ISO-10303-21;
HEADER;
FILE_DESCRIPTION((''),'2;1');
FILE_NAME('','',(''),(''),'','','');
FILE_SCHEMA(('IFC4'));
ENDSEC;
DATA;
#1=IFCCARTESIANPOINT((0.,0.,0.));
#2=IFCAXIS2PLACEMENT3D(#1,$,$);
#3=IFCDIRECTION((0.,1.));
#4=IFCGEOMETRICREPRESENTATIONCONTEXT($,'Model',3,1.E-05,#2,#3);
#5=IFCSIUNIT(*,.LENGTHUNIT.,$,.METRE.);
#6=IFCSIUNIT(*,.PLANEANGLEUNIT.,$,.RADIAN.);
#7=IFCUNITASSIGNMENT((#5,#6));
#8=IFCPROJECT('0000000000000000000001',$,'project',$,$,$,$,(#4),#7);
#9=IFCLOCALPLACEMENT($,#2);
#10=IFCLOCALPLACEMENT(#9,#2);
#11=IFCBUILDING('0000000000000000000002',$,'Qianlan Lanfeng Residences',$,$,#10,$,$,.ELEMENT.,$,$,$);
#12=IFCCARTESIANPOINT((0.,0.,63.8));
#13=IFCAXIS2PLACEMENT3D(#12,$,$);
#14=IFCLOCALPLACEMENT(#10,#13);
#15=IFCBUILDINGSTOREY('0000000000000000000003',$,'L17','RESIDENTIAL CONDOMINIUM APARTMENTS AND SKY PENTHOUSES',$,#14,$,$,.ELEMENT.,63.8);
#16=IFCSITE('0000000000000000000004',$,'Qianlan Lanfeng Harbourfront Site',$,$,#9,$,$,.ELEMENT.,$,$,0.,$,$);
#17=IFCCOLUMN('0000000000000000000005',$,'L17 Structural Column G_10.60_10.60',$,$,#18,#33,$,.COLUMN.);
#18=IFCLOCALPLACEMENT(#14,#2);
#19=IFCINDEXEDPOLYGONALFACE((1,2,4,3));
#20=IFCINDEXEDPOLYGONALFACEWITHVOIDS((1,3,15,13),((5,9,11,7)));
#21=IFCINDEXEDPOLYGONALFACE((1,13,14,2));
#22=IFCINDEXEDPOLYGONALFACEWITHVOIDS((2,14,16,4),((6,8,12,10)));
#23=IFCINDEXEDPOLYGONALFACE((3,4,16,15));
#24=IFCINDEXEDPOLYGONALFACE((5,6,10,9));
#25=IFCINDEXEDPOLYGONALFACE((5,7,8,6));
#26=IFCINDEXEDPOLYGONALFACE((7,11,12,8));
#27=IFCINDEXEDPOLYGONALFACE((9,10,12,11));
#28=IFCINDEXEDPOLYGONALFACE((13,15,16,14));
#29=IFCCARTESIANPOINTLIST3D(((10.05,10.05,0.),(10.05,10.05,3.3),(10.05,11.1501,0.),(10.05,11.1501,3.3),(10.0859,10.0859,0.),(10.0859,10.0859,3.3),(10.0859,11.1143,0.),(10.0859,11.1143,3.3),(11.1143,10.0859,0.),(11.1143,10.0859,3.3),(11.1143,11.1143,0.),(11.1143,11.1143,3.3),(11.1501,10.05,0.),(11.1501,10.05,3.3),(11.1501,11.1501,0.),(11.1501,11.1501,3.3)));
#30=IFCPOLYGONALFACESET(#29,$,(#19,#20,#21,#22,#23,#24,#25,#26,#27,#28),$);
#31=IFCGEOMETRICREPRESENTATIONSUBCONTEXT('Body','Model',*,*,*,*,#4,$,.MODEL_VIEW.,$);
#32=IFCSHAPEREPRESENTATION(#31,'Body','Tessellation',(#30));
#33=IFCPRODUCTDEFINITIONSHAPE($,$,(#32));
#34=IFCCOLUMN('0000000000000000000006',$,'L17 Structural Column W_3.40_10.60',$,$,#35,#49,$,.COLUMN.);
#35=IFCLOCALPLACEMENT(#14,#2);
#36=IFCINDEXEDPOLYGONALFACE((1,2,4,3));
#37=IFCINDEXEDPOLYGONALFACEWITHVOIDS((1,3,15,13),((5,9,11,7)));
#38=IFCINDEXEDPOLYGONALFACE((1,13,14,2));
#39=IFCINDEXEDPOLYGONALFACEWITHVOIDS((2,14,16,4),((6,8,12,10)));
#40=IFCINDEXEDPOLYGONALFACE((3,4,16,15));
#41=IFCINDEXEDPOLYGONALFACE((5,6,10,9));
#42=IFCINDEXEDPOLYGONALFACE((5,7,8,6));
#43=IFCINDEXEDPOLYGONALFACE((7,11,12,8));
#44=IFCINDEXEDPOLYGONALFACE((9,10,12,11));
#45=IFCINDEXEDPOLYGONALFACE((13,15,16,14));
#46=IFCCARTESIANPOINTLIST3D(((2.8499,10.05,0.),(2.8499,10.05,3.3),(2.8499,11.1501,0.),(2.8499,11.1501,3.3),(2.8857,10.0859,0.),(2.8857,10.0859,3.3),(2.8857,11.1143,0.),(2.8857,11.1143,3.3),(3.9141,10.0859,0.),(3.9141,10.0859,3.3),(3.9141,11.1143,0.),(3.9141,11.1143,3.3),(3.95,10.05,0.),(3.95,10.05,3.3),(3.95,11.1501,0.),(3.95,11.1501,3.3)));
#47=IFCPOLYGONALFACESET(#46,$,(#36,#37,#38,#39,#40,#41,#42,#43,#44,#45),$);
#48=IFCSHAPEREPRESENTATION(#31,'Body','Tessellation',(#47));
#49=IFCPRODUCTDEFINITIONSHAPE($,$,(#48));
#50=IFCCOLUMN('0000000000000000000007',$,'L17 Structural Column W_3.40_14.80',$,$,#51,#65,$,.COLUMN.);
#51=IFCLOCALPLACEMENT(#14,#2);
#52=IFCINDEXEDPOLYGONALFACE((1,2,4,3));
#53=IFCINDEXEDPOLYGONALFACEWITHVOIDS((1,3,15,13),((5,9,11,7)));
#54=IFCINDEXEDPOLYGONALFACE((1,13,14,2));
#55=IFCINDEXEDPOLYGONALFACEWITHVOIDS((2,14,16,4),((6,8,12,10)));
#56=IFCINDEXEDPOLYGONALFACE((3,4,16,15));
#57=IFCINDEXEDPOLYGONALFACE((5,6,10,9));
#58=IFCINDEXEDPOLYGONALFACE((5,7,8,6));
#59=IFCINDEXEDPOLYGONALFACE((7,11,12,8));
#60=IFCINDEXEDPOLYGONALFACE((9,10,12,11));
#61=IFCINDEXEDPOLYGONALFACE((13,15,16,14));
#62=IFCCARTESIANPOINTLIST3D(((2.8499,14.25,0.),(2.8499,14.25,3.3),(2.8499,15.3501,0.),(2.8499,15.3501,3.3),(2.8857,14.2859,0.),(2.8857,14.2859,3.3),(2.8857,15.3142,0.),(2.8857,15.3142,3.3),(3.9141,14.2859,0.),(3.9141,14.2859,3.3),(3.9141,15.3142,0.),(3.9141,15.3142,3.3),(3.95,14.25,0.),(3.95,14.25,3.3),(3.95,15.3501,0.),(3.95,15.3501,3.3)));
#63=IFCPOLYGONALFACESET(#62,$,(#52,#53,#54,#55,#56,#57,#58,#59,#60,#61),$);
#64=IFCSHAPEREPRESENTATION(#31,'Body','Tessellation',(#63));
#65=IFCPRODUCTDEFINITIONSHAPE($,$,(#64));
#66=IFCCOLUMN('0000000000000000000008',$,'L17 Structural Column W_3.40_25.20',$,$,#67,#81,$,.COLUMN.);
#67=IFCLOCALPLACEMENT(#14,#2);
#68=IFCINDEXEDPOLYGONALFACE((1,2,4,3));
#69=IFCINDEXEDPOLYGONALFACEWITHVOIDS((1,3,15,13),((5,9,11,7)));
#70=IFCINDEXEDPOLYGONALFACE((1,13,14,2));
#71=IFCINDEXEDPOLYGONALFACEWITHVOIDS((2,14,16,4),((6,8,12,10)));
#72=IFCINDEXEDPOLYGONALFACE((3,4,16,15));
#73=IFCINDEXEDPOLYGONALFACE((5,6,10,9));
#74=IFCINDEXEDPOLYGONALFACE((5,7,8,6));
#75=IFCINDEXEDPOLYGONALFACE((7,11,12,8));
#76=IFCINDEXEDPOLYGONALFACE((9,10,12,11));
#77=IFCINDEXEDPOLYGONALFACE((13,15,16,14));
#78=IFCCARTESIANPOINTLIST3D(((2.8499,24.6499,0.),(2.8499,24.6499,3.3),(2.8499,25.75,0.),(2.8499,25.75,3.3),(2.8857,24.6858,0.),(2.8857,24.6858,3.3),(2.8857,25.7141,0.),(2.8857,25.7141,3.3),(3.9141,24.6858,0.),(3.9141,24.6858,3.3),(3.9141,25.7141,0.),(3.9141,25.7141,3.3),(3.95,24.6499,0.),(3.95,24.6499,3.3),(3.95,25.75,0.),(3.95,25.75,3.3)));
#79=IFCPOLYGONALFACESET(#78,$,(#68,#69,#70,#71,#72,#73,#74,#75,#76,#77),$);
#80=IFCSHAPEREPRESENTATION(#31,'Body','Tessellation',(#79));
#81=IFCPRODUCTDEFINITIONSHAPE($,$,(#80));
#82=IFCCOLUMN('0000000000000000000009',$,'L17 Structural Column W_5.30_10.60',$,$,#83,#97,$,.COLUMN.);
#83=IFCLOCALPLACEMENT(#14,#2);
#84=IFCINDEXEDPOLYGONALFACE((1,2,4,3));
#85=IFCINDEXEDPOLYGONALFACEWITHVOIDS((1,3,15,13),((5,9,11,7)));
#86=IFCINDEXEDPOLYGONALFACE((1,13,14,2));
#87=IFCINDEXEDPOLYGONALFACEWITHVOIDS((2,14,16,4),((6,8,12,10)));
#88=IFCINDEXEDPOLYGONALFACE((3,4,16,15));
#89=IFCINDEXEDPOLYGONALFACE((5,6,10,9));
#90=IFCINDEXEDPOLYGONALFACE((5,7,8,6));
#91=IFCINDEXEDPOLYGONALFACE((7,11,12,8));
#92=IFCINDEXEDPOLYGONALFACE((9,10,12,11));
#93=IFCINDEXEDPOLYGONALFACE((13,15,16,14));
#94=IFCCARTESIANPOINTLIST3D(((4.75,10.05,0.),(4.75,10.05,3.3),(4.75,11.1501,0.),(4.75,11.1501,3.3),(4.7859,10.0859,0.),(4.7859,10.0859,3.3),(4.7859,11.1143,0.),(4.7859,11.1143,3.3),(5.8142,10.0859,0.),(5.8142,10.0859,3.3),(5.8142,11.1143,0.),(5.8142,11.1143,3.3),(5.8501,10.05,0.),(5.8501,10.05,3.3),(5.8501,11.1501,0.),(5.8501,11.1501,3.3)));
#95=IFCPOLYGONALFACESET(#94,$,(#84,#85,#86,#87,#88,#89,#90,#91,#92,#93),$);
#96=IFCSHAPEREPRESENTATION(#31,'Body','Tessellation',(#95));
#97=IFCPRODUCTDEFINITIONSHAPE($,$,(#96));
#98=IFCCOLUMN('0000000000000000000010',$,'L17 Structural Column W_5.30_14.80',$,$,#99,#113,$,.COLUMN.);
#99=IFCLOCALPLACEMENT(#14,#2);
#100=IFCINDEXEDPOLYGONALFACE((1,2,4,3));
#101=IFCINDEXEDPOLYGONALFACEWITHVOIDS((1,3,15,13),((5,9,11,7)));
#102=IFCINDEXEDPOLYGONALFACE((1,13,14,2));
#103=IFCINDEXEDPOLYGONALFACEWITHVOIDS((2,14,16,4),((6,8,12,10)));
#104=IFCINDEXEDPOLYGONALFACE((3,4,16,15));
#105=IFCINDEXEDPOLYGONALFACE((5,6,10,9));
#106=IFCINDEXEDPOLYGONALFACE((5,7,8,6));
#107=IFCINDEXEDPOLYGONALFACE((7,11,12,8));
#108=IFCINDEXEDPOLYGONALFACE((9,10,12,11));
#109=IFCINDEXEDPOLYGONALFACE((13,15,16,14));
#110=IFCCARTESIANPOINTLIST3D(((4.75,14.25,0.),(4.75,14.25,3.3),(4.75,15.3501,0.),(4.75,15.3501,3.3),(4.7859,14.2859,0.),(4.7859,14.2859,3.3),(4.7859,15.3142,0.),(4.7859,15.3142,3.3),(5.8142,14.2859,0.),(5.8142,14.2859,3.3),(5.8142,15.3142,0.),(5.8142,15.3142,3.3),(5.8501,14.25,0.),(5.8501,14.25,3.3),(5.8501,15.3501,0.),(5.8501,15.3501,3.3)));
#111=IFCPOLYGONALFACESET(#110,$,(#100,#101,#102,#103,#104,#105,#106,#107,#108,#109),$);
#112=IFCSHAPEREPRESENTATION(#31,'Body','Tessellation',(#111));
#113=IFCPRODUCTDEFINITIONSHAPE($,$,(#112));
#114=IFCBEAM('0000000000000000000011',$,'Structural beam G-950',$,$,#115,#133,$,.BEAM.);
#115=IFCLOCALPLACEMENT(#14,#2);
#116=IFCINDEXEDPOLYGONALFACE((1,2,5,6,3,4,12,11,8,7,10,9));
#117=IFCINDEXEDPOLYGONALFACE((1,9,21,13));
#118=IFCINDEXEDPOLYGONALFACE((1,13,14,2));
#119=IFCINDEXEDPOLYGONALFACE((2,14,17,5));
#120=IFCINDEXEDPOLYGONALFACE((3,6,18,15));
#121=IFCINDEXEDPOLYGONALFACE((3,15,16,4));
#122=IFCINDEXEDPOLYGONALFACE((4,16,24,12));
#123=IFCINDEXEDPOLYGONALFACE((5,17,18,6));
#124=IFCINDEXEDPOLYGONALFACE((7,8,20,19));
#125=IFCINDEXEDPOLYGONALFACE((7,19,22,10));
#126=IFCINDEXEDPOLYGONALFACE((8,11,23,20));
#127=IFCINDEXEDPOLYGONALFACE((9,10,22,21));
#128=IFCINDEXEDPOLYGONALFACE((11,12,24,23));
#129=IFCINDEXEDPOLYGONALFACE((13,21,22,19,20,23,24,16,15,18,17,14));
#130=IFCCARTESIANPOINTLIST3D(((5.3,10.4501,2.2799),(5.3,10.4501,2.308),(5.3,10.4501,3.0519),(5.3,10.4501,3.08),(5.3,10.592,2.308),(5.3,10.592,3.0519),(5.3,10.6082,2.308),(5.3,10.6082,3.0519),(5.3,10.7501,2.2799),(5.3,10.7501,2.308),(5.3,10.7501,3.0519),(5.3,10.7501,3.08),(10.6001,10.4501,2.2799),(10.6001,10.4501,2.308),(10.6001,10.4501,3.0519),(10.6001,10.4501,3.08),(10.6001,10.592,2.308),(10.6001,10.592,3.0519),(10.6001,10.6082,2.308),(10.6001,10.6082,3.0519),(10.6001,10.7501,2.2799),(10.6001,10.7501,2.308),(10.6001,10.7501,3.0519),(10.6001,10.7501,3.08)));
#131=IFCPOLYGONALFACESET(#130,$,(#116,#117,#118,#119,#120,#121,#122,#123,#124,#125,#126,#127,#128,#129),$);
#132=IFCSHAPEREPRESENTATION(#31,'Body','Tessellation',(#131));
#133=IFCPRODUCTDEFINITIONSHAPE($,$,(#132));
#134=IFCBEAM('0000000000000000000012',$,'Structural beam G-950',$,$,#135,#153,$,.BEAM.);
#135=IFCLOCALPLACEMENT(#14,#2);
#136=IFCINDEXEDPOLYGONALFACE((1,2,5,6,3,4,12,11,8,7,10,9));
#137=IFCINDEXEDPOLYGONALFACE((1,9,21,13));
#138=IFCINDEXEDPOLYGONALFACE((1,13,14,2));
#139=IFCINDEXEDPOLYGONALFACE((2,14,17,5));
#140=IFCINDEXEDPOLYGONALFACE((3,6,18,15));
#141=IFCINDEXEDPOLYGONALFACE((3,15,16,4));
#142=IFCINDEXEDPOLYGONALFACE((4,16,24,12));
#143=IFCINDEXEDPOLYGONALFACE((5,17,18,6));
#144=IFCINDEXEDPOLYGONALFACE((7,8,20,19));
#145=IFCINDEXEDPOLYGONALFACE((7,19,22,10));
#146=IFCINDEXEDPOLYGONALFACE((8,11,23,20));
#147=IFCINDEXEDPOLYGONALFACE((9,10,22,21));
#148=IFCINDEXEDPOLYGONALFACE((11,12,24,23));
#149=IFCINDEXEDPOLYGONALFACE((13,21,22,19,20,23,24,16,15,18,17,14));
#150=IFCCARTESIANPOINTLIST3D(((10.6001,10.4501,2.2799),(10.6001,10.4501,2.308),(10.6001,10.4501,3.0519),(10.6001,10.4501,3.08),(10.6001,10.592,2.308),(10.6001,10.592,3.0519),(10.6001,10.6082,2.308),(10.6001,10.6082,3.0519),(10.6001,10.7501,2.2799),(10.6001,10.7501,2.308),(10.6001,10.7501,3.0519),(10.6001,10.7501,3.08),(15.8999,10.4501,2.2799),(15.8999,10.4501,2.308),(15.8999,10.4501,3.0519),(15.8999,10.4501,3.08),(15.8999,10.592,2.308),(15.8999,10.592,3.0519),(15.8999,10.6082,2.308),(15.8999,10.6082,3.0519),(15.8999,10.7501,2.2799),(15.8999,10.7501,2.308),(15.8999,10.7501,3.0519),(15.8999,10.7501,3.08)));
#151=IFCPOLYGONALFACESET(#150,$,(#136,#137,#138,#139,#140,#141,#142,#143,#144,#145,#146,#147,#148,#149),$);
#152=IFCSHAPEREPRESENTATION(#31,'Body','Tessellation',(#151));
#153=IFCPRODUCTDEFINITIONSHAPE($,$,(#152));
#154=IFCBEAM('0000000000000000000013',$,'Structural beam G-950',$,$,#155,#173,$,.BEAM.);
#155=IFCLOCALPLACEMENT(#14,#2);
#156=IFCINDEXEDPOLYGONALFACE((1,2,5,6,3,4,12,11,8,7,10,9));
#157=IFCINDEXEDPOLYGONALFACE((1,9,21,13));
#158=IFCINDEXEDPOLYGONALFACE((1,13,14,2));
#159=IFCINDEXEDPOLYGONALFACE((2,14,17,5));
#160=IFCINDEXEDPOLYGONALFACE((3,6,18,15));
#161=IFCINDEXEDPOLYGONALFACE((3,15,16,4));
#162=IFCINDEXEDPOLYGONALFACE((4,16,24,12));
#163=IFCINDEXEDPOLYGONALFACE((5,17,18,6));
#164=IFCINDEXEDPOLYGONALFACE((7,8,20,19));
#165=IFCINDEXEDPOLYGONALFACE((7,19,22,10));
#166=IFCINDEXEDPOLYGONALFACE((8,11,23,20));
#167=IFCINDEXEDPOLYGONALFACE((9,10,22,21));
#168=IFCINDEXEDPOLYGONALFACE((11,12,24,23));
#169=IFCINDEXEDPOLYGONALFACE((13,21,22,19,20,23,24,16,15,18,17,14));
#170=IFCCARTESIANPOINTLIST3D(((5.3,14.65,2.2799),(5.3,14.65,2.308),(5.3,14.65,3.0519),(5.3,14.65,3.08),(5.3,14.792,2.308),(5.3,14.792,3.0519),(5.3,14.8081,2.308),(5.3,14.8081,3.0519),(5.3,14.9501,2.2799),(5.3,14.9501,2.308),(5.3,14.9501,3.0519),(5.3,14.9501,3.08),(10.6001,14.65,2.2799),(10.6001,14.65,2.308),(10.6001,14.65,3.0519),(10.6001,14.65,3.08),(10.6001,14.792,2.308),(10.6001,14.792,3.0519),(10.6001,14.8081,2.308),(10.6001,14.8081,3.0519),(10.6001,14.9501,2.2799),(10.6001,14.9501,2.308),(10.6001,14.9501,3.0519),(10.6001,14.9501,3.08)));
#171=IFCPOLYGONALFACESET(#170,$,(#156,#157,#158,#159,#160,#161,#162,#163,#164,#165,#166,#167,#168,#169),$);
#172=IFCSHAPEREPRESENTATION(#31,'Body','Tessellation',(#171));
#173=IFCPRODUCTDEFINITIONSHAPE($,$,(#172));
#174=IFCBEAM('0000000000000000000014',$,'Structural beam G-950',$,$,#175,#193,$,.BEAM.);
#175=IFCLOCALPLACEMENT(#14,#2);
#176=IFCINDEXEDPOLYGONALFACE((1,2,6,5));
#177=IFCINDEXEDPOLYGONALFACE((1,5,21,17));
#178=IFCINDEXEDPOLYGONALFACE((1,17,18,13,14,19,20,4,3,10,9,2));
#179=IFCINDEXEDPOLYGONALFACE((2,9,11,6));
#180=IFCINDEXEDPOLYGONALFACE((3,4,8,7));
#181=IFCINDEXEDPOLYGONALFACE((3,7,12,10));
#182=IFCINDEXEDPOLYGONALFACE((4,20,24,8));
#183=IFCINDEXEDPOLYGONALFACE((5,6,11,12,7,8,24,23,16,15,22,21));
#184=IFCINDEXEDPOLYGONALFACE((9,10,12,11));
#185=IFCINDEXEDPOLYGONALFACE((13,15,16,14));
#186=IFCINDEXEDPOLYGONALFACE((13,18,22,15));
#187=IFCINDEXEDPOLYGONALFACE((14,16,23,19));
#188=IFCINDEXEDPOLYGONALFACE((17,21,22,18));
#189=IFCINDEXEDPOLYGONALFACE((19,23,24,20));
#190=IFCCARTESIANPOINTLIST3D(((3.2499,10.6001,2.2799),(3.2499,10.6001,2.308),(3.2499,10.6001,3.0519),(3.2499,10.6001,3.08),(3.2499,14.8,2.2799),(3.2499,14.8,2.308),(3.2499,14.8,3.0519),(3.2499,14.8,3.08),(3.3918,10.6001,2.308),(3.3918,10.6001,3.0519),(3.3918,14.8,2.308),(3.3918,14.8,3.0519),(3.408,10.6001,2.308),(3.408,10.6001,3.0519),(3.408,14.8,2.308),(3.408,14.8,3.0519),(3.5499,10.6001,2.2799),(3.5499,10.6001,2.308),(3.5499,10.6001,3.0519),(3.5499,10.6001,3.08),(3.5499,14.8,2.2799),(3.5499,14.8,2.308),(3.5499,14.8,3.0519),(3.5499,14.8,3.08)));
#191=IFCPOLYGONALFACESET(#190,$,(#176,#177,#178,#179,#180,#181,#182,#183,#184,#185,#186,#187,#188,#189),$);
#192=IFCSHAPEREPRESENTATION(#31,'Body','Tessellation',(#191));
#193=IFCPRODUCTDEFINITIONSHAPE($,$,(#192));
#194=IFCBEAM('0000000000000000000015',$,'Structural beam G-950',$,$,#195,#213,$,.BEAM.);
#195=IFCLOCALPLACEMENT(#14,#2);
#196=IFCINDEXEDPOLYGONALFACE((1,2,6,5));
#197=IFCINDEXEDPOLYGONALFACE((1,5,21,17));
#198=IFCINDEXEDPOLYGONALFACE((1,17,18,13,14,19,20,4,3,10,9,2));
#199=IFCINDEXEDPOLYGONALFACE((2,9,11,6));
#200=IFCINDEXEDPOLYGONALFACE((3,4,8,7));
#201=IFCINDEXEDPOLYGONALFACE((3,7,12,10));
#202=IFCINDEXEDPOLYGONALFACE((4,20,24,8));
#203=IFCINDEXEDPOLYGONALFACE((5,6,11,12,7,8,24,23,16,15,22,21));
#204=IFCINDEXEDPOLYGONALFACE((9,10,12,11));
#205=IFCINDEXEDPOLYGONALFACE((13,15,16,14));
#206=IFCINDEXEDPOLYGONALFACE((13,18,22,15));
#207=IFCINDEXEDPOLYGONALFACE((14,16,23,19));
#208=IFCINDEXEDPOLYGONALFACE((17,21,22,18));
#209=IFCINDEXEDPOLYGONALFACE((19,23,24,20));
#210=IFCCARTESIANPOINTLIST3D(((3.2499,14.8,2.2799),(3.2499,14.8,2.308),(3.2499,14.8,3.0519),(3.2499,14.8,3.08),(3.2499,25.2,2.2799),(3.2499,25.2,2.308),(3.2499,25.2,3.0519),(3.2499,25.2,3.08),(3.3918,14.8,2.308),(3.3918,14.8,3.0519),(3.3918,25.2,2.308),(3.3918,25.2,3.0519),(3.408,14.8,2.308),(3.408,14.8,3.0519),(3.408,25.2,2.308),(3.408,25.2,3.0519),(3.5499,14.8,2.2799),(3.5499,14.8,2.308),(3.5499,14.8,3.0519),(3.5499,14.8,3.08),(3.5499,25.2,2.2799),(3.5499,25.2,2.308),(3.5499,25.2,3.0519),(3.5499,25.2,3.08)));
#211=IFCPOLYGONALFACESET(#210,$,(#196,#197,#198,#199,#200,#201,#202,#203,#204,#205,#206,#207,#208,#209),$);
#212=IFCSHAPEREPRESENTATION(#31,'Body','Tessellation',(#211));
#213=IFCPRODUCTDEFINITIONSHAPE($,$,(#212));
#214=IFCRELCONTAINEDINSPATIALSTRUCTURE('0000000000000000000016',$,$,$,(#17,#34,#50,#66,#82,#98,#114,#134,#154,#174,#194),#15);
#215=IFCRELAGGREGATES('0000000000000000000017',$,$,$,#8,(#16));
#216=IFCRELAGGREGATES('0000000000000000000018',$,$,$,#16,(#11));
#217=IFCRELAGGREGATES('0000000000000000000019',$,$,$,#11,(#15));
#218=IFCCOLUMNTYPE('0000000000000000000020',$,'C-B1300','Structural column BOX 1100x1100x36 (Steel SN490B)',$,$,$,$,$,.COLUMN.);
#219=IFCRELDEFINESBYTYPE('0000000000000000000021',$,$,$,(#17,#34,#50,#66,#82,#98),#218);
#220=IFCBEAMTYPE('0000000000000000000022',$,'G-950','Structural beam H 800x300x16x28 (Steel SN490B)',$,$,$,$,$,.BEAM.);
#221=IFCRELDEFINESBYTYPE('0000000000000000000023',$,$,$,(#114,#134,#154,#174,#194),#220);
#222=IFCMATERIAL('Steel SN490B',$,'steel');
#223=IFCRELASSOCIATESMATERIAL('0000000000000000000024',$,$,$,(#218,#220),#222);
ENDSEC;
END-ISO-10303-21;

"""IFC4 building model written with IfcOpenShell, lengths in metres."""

from ifc_helpers import new_model, si_unit, direction, frame, origin, origin_2d, place, context, subcontext, project, spatial, hollow_rectangle, i_section, extrude, material, material_profile, profile_set, type_object, element, save


model = new_model("IFC4")

# Units and contexts
model_context = context("Model", 3, precision=1e-05, world=origin(), true_north=direction((0.0, 1.0)))
body_context = subcontext(model_context, "Body", "Model", "MODEL_VIEW")
ifc_project = project(units=[si_unit("LENGTHUNIT", "METRE"), si_unit("PLANEANGLEUNIT", "RADIAN")], contexts=[model_context])

# Site, building, storey
site_placement = place(None, origin())
site = spatial("IfcSite", under=ifc_project, at=site_placement, Name="Qianlan Lanfeng Harbourfront Site", CompositionType="ELEMENT", RefElevation=0.0)
building_placement = place(site_placement, origin())
building = spatial("IfcBuilding", under=site, at=building_placement, Name="Qianlan Lanfeng Residences", CompositionType="ELEMENT")
storey_placement = place(building_placement, frame((0.0, 0.0, 63.8)))
storey = spatial("IfcBuildingStorey", under=building, at=storey_placement, Name="L17", Description="RESIDENTIAL CONDOMINIUM APARTMENTS AND SKY PENTHOUSES", CompositionType="ELEMENT", Elevation=63.8)

# Columns
ifc_material_1 = material(Name="Steel SN490B", Category="steel")
ifc_material_profile_1 = material_profile(ifc_material_1, hollow_rectangle(XDim=1.1001, YDim=1.1001, WallThickness=0.0359, at=origin_2d()), Name="BOX 1100x1100x36")
ifc_profile_set_1 = profile_set([ifc_material_profile_1], Name="Steel SN490B")
column_type = type_object("IfcColumnType", Name="C-B1300", Description="Structural column BOX 1100x1100x36 (Steel SN490B)", PredefinedType="COLUMN", material=ifc_profile_set_1)
for number, where, z_axis, x_axis, name in (
    (1, (10.6001, 10.6001, 0.0), (0.0, 0.0, 1.0), (1.0, 0.0, 0.0), "L17 Structural Column G_10.60_10.60"),
    (2, (3.3999, 10.6001, 0.0), (0.0, 0.0, 1.0), (1.0, 0.0, 0.0), "L17 Structural Column W_3.40_10.60"),
    (3, (3.3999, 14.8, 0.0), (0.0, 0.0, 1.0), (1.0, 0.0, 0.0), "L17 Structural Column W_3.40_14.80"),
    (4, (3.3999, 25.2, 0.0), (0.0, 0.0, 1.0), (1.0, 0.0, 0.0), "L17 Structural Column W_3.40_25.20"),
    (5, (5.3, 10.6001, 0.0), (0.0, 0.0, 1.0), (1.0, 0.0, 0.0), "L17 Structural Column W_5.30_10.60"),
    (6, (5.3, 14.8, 0.0), (0.0, 0.0, 1.0), (1.0, 0.0, 0.0), "L17 Structural Column W_5.30_14.80"),
):
    element("IfcColumn", number, at=place(storey_placement, frame(where, z_axis=z_axis, x_axis=x_axis)), inside=storey, type_object=column_type, Name=name, PredefinedType="COLUMN", context=body_context, shape_type="SweptSolid", body=[
        extrude(hollow_rectangle(XDim=1.1001, YDim=1.1001, WallThickness=0.0359, at=origin_2d()), origin(), (0.0, 0.0, 1.0), 3.3),
    ])

# Beams
ifc_material_profile_2 = material_profile(ifc_material_1, i_section(OverallWidth=0.3, OverallDepth=0.8, WebThickness=0.0161, FlangeThickness=0.0281, at=origin_2d()), Name="H 800x300x16x28")
ifc_profile_set_2 = profile_set([ifc_material_profile_2], Name="Steel SN490B")
beam_type_1 = type_object("IfcBeamType", Name="G-950", Description="Structural beam H 800x300x16x28 (Steel SN490B)", PredefinedType="BEAM", material=ifc_profile_set_2)
beam_1_placement = place(storey_placement, frame((5.3, 10.6001, 2.6799), z_axis=(1.0, 0.0, 0.0), x_axis=(0.0, 1.0, 0.0)))
element("IfcBeam", 7, at=beam_1_placement, inside=storey, type_object=beam_type_1, Name="Structural beam G-950", PredefinedType="BEAM", context=body_context, shape_type="SweptSolid", body=[
    extrude(i_section(OverallWidth=0.3, OverallDepth=0.8, WebThickness=0.0161, FlangeThickness=0.0281, at=origin_2d()), origin(), (0.0, 0.0, 1.0), 5.3),
])
beam_2_placement = place(storey_placement, frame((10.6001, 10.6001, 2.6799), z_axis=(1.0, 0.0, 0.0), x_axis=(0.0, 1.0, 0.0)))
element("IfcBeam", 8, at=beam_2_placement, inside=storey, type_object=beam_type_1, Name="Structural beam G-950", PredefinedType="BEAM", context=body_context, shape_type="SweptSolid", body=[
    extrude(i_section(OverallWidth=0.3, OverallDepth=0.8, WebThickness=0.0161, FlangeThickness=0.0281, at=origin_2d()), origin(), (0.0, 0.0, 1.0), 5.2998),
])
beam_3_placement = place(storey_placement, frame((5.3, 14.8, 2.6799), z_axis=(1.0, 0.0, 0.0), x_axis=(0.0, 1.0, 0.0)))
element("IfcBeam", 9, at=beam_3_placement, inside=storey, type_object=beam_type_1, Name="Structural beam G-950", PredefinedType="BEAM", context=body_context, shape_type="SweptSolid", body=[
    extrude(i_section(OverallWidth=0.3, OverallDepth=0.8, WebThickness=0.0161, FlangeThickness=0.0281, at=origin_2d()), origin(), (0.0, 0.0, 1.0), 5.3),
])
beam_4_placement = place(storey_placement, frame((3.3999, 10.6001, 2.6799), z_axis=(0.0, 1.0, 0.0), x_axis=(-1.0, 0.0, 0.0)))
element("IfcBeam", 10, at=beam_4_placement, inside=storey, type_object=beam_type_1, Name="Structural beam G-950", PredefinedType="BEAM", context=body_context, shape_type="SweptSolid", body=[
    extrude(i_section(OverallWidth=0.3, OverallDepth=0.8, WebThickness=0.0161, FlangeThickness=0.0281, at=origin_2d()), origin(), (0.0, 0.0, 1.0), 4.2),
])
beam_5_placement = place(storey_placement, frame((3.3999, 14.8, 2.6799), z_axis=(0.0, 1.0, 0.0), x_axis=(-1.0, 0.0, 0.0)))
element("IfcBeam", 11, at=beam_5_placement, inside=storey, type_object=beam_type_1, Name="Structural beam G-950", PredefinedType="BEAM", context=body_context, shape_type="SweptSolid", body=[
    extrude(i_section(OverallWidth=0.3, OverallDepth=0.8, WebThickness=0.0161, FlangeThickness=0.0281, at=origin_2d()), origin(), (0.0, 0.0, 1.0), 10.3999),
])

save(model, "model.ifc")
